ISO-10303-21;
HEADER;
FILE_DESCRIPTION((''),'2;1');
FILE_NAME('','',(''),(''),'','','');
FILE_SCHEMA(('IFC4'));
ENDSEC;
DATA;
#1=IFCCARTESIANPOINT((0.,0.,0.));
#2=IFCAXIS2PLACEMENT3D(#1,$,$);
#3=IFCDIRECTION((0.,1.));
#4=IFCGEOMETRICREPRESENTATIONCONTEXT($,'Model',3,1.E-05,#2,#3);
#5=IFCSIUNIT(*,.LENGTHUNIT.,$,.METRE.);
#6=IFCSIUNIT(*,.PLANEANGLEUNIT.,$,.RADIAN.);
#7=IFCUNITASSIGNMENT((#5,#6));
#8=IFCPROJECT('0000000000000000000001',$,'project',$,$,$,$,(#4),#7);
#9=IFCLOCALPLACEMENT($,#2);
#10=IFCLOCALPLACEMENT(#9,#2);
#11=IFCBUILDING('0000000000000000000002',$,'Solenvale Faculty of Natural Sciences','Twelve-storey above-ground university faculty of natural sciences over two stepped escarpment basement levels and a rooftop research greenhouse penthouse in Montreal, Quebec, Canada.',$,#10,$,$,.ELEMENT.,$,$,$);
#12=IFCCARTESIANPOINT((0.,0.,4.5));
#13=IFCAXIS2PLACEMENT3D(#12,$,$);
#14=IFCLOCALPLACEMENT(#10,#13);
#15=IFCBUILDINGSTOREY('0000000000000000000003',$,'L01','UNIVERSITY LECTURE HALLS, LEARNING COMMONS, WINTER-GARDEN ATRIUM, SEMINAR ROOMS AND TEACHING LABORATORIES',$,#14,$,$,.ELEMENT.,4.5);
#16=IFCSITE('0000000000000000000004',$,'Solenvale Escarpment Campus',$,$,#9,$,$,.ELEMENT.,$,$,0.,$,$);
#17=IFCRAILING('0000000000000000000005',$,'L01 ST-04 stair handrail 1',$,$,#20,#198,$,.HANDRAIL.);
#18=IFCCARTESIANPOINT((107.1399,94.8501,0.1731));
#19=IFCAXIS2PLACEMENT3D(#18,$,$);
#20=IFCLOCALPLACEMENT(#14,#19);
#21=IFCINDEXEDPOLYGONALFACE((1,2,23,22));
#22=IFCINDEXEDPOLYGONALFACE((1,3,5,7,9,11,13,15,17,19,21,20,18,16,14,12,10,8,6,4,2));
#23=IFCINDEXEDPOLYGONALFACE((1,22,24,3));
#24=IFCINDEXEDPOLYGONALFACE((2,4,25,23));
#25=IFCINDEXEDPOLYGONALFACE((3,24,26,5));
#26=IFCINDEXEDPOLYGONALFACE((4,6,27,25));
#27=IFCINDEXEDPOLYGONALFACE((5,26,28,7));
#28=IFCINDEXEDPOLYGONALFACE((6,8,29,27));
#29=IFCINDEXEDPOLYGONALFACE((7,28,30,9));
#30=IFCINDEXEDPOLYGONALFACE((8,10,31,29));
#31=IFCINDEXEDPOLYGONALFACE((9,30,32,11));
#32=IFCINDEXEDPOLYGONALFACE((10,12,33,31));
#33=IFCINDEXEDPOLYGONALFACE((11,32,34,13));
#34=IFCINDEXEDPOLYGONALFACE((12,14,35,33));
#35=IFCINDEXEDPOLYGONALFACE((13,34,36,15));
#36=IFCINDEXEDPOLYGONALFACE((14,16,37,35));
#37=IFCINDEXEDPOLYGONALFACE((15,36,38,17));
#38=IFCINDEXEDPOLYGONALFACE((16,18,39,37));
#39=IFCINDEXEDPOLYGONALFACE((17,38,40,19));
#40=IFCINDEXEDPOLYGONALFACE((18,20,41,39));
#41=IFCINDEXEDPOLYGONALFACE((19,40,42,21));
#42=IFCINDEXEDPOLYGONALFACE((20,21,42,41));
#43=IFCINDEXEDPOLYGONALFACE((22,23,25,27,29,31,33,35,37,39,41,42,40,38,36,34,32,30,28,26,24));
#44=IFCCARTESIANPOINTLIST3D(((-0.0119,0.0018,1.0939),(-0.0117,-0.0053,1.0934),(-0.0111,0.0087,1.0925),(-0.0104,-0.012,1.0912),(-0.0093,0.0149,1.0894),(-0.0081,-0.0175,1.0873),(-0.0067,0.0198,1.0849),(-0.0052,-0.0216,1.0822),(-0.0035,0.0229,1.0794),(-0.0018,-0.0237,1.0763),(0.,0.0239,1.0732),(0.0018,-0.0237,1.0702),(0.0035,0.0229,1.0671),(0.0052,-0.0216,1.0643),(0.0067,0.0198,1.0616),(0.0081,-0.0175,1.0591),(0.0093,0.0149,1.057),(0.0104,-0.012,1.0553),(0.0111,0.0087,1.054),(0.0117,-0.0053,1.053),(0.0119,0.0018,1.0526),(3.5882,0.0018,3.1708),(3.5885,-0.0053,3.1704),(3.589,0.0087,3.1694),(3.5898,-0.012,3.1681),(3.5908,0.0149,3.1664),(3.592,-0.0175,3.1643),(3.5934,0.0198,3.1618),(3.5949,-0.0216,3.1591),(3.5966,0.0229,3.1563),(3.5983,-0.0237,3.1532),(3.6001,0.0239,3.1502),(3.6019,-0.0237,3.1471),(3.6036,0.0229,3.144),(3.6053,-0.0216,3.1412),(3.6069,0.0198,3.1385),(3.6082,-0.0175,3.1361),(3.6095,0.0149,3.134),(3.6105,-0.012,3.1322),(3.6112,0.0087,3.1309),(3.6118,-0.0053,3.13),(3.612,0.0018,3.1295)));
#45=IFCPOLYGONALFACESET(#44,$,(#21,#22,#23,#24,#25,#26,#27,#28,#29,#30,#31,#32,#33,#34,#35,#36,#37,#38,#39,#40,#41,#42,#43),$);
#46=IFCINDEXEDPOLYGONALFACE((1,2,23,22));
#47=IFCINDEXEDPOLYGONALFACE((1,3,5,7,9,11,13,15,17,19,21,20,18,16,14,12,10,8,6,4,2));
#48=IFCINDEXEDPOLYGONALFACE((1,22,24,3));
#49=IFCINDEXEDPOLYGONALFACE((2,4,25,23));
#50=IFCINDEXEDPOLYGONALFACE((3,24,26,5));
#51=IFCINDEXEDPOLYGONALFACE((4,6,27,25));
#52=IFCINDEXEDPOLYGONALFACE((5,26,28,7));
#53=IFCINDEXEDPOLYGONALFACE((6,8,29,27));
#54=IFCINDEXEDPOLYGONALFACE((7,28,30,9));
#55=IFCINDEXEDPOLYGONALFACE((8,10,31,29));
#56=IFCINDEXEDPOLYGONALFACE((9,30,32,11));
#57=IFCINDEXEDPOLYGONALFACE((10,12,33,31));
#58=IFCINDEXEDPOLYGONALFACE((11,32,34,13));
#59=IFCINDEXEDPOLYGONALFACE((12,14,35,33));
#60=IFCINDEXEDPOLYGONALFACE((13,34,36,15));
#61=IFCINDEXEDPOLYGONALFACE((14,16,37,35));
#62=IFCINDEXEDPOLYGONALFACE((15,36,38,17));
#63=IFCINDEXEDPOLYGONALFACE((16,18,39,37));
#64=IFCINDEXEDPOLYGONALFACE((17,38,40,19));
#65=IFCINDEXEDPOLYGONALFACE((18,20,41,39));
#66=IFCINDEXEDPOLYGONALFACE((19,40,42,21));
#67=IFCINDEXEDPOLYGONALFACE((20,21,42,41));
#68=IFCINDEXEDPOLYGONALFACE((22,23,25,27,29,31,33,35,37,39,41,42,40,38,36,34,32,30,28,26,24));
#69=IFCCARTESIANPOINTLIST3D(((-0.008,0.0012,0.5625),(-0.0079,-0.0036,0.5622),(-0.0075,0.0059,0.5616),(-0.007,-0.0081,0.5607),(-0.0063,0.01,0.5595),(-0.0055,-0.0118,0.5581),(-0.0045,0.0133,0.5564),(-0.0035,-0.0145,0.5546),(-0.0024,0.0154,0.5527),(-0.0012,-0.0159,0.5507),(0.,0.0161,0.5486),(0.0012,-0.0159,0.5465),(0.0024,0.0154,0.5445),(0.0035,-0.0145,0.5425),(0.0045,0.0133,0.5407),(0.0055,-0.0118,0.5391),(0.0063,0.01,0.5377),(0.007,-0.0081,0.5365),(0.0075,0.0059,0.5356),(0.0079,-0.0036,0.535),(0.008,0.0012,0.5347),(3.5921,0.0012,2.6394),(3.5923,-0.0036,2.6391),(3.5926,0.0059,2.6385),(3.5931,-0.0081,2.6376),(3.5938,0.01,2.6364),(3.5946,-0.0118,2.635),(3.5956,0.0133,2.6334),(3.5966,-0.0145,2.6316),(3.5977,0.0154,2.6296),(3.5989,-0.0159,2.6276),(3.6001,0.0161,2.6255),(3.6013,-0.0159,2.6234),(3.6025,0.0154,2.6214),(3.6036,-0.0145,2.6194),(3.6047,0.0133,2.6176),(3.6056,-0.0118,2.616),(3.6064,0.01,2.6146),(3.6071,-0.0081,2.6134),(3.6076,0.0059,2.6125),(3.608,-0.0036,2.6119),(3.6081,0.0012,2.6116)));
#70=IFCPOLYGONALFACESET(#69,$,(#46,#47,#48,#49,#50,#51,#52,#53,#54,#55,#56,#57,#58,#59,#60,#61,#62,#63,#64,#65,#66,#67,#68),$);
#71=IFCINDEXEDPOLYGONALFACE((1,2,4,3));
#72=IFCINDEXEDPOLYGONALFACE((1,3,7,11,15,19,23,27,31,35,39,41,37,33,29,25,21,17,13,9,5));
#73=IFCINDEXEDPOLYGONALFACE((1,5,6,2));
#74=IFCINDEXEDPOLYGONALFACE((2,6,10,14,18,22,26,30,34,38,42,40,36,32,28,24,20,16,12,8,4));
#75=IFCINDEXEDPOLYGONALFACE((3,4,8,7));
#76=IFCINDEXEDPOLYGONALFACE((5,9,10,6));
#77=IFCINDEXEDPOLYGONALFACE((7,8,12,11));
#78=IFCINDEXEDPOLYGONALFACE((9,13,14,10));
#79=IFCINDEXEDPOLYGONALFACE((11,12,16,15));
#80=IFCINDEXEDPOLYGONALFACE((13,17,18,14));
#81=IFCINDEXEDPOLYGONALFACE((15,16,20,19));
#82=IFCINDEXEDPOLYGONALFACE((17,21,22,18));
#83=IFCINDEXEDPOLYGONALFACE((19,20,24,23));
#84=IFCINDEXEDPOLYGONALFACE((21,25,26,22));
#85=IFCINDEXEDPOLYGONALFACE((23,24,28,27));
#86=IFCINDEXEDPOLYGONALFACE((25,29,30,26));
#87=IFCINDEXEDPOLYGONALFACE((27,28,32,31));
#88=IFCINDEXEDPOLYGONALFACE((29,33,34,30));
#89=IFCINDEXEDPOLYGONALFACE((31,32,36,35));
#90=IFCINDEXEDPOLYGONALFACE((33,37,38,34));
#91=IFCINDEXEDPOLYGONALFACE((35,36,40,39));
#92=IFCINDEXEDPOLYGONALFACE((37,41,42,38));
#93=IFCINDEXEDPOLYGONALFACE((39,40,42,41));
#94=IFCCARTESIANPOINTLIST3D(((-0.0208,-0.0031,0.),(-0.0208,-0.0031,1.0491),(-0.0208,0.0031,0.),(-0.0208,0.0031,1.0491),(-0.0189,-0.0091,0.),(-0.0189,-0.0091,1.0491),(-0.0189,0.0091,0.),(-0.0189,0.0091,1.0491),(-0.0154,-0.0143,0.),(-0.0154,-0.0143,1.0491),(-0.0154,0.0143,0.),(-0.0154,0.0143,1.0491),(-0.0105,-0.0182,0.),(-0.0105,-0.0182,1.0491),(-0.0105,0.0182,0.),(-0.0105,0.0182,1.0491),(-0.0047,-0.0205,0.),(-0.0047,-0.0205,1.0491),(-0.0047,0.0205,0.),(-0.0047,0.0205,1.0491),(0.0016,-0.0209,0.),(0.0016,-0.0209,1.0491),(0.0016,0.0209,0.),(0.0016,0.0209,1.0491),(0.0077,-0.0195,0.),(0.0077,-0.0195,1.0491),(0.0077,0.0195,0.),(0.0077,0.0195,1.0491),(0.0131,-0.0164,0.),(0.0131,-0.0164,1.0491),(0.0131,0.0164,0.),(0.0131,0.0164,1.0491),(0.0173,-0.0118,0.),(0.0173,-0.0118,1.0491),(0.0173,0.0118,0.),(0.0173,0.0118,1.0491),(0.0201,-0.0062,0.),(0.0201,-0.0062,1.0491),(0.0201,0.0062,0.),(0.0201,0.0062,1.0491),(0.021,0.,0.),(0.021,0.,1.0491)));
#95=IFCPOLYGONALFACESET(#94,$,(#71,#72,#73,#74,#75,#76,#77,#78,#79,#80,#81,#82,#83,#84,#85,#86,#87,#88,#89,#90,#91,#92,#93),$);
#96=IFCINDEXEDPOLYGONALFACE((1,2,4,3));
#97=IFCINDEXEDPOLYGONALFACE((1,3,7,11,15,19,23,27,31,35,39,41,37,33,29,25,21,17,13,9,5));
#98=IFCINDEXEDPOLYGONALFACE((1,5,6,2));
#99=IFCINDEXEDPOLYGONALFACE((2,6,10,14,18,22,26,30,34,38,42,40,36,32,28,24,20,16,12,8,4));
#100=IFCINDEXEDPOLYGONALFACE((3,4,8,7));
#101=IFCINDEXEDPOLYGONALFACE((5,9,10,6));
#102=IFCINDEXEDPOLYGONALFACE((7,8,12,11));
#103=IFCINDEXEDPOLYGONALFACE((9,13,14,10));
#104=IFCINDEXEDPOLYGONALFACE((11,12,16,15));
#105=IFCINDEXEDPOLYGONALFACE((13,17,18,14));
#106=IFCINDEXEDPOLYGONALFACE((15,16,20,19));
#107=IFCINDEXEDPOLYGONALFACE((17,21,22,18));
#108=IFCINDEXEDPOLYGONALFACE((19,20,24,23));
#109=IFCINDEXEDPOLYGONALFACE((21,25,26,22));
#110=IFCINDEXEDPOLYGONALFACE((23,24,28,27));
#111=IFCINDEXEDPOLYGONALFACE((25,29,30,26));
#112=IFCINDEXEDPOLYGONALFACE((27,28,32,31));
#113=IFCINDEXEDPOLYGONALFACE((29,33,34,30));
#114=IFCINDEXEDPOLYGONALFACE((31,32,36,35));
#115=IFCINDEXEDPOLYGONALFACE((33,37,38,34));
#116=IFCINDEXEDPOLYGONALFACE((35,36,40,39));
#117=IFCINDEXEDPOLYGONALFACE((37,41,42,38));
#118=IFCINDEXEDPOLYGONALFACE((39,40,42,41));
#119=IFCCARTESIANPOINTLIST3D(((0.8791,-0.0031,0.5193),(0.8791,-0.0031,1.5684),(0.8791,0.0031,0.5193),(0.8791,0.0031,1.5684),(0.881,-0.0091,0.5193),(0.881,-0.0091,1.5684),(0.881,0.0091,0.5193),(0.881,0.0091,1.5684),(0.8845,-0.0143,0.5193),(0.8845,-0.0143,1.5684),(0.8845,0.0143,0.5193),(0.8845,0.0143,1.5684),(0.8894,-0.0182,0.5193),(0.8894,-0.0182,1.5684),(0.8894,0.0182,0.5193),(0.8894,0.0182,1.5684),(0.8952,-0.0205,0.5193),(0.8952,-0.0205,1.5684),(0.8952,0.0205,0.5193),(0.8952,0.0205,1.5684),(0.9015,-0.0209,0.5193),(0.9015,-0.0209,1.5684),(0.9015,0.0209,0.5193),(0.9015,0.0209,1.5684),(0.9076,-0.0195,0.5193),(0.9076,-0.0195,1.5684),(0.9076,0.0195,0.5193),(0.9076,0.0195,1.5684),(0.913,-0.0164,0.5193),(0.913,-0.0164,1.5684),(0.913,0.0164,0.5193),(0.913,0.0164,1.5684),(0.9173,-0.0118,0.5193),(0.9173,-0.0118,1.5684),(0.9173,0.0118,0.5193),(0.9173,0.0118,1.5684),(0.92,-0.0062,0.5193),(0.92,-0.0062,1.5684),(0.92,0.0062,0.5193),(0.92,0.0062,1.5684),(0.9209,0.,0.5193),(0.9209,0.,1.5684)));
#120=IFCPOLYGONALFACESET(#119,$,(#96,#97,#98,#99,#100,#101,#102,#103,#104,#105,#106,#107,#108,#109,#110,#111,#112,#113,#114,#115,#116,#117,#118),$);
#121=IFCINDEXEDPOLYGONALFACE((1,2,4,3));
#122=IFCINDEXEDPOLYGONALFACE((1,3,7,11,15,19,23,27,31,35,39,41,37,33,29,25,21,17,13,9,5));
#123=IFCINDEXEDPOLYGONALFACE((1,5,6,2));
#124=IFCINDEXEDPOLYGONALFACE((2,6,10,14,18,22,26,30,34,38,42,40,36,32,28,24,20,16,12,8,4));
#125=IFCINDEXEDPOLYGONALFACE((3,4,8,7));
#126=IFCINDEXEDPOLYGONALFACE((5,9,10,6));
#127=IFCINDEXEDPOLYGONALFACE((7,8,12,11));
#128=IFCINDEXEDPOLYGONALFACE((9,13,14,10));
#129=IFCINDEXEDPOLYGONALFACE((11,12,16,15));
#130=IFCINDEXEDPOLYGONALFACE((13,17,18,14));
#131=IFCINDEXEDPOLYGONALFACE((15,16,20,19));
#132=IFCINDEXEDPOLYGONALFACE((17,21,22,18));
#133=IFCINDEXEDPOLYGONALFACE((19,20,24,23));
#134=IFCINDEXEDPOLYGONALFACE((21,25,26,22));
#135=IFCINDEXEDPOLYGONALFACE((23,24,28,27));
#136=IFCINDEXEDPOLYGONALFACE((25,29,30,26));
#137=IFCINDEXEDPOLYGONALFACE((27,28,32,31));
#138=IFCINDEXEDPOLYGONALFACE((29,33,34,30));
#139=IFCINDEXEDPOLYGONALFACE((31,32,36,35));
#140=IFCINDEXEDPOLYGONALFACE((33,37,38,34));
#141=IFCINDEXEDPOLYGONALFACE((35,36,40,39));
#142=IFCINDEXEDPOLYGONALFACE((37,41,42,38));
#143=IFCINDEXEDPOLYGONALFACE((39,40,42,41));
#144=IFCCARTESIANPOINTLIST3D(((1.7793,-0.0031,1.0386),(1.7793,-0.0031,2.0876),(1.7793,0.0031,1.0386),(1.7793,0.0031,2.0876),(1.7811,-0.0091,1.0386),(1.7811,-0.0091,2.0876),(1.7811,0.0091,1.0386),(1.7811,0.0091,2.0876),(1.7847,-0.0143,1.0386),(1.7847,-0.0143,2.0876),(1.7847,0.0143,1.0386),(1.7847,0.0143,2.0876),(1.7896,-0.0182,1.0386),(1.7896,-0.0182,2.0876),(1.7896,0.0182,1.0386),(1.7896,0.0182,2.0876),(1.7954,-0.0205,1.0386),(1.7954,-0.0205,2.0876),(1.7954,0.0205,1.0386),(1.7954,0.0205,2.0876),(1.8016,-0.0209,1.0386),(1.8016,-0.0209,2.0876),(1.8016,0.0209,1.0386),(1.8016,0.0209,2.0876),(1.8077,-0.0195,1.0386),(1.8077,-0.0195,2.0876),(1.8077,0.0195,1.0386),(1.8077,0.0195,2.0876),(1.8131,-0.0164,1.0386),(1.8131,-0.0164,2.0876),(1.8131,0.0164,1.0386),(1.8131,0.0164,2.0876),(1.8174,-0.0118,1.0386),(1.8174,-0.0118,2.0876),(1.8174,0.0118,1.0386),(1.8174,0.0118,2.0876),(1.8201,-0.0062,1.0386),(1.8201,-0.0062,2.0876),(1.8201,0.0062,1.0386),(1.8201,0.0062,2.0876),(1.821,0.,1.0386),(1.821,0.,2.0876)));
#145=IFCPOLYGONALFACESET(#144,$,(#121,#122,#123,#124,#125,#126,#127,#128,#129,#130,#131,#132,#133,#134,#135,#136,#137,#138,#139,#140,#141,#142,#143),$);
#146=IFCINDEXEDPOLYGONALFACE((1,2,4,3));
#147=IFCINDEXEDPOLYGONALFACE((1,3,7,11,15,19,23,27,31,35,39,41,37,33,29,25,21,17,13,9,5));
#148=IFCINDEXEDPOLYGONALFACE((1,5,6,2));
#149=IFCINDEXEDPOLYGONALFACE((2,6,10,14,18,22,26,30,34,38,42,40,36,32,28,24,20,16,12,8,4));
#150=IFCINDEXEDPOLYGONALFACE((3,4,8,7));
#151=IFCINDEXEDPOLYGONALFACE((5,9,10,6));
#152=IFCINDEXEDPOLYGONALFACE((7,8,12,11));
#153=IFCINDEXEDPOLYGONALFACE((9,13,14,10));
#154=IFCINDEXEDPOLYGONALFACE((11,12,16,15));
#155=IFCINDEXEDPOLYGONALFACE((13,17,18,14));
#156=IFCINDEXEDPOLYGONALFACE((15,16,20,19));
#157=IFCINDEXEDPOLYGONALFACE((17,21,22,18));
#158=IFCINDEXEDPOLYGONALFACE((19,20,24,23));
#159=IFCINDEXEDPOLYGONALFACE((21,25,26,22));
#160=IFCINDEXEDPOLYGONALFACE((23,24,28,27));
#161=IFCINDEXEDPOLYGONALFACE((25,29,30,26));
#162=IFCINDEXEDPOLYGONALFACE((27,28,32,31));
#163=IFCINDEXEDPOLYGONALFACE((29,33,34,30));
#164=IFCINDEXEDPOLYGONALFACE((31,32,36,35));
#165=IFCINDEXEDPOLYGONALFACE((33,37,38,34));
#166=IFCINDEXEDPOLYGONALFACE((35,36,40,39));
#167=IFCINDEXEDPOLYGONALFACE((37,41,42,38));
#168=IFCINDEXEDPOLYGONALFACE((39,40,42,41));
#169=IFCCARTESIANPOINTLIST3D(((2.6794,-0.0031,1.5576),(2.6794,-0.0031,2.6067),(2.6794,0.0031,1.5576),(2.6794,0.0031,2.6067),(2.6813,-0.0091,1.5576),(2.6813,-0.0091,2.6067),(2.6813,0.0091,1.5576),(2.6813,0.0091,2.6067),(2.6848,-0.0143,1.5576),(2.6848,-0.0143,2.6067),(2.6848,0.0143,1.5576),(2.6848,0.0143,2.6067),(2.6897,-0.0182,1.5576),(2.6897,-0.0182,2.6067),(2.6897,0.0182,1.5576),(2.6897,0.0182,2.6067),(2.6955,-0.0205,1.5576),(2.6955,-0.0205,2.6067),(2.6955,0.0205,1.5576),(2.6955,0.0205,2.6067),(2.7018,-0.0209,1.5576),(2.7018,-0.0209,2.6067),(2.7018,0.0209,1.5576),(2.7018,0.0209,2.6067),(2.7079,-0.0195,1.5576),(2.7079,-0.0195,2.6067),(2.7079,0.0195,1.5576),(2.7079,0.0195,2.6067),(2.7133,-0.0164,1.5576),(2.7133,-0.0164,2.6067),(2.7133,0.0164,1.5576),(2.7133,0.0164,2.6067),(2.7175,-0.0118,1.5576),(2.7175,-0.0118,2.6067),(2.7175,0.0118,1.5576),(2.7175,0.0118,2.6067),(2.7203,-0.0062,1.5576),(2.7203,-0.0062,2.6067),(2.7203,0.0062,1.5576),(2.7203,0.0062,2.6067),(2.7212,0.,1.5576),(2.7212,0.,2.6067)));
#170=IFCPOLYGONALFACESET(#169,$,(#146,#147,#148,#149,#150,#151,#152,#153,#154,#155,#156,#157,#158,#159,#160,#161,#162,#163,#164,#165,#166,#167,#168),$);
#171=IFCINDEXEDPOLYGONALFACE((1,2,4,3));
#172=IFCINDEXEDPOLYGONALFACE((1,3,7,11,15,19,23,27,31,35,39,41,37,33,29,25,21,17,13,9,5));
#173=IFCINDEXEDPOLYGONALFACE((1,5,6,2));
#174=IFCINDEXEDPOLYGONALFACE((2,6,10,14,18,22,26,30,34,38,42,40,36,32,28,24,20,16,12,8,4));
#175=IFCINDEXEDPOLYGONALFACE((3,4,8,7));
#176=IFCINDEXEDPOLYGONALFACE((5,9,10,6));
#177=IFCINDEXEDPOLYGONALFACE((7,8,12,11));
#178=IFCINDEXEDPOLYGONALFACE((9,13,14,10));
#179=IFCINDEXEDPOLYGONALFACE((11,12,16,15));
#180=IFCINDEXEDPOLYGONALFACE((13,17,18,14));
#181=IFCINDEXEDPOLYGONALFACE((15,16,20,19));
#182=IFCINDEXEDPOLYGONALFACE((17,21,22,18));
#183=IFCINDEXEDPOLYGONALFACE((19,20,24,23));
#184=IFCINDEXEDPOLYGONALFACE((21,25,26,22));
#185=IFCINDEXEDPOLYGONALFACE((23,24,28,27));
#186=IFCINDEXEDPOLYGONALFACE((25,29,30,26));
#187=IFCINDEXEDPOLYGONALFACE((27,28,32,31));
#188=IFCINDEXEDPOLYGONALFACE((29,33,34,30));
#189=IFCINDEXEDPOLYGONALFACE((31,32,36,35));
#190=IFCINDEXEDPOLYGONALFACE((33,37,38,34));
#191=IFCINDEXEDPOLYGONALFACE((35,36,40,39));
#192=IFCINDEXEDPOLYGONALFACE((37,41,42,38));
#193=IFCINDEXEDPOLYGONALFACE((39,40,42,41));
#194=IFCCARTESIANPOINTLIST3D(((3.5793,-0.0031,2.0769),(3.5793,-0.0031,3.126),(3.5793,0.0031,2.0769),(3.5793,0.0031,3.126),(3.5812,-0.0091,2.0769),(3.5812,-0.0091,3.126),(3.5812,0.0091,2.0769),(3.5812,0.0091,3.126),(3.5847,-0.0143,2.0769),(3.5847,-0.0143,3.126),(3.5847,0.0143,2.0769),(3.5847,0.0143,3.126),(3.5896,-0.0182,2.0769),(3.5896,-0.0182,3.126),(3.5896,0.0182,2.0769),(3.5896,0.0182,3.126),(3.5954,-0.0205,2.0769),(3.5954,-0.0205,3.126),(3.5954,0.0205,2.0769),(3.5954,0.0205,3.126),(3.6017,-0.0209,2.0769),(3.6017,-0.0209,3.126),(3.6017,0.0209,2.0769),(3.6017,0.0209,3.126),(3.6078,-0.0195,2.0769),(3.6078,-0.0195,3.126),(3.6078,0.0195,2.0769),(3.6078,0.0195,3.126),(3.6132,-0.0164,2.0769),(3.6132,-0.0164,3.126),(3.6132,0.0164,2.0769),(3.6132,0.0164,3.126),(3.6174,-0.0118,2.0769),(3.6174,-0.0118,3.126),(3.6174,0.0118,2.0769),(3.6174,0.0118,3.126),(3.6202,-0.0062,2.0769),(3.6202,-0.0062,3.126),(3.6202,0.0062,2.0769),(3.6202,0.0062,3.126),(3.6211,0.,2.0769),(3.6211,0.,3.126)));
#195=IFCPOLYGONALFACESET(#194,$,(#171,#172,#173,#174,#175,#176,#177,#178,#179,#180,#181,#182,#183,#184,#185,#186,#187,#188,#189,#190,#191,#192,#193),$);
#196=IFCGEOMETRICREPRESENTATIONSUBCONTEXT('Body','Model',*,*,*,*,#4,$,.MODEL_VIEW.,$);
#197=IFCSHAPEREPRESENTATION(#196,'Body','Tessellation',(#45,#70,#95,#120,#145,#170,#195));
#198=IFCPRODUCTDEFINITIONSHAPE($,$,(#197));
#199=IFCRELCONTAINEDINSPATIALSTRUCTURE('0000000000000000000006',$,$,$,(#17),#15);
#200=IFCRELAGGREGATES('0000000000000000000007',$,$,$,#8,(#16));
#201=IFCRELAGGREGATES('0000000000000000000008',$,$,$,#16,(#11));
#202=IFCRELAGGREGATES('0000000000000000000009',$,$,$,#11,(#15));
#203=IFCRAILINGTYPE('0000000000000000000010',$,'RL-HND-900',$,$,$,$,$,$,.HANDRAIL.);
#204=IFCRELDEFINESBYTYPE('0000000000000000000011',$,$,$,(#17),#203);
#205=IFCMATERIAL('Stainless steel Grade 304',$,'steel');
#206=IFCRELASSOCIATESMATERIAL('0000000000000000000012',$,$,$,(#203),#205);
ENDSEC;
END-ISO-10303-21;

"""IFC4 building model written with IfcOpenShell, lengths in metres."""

from ifc_helpers import new_model, si_unit, direction, frame, origin, origin_2d, place, context, subcontext, project, spatial, circle, extrude, material, type_object, element, save


model = new_model("IFC4")

# Units and contexts
model_context = context("Model", 3, precision=1e-05, world=origin(), true_north=direction((0.0, 1.0)))
body_context = subcontext(model_context, "Body", "Model", "MODEL_VIEW")
ifc_project = project(units=[si_unit("LENGTHUNIT", "METRE"), si_unit("PLANEANGLEUNIT", "RADIAN")], contexts=[model_context])

# Site, building, storey
site_placement = place(None, origin())
site = spatial("IfcSite", under=ifc_project, at=site_placement, Name="Solenvale Escarpment Campus", CompositionType="ELEMENT", RefElevation=0.0)
building_placement = place(site_placement, origin())
building = spatial("IfcBuilding", under=site, at=building_placement, Name="Solenvale Faculty of Natural Sciences", Description="Twelve-storey above-ground university faculty of natural sciences over two stepped escarpment basement levels and a rooftop research greenhouse penthouse in Montreal, Quebec, Canada.", CompositionType="ELEMENT")
storey_placement = place(building_placement, frame((0.0, 0.0, 4.5)))
storey = spatial("IfcBuildingStorey", under=building, at=storey_placement, Name="L01", Description="UNIVERSITY LECTURE HALLS, LEARNING COMMONS, WINTER-GARDEN ATRIUM, SEMINAR ROOMS AND TEACHING LABORATORIES", CompositionType="ELEMENT", Elevation=4.5)

# Shared definitions
ifc_material_1 = material(Name="Stainless steel Grade 304", Category="steel")

# Railing
railing_type_1 = type_object("IfcRailingType", Name="RL-HND-900", PredefinedType="HANDRAIL", material=ifc_material_1)
railing_1_placement = place(storey_placement, frame((107.1399, 94.8501, 0.1731)))
element("IfcRailing", 1, at=railing_1_placement, inside=storey, type_object=railing_type_1, Name="L01 ST-04 stair handrail 1", PredefinedType="HANDRAIL", context=body_context, shape_type="SweptSolid", body=[
    extrude(circle(Radius=0.0239, at=origin_2d()), frame((0.0, 0.0, 1.0732), z_axis=(0.866193, 0.0, 0.499709), x_axis=(0.0, 1.0, 0.0)), (0.0, 0.0, 1.0), 4.1562),
    extrude(circle(Radius=0.0161, at=origin_2d()), frame((0.0, 0.0, 0.5486), z_axis=(0.866193, 0.0, 0.499709), x_axis=(0.0, 1.0, 0.0)), (0.0, 0.0, 1.0), 4.1562),
    extrude(circle(Radius=0.021, at=origin_2d()), origin(), (0.0, 0.0, 1.0), 1.0491),
    extrude(circle(Radius=0.021, at=origin_2d()), frame((0.8999, 0.0, 0.5193)), (0.0, 0.0, 1.0), 1.0491),
    extrude(circle(Radius=0.021, at=origin_2d()), frame((1.8, 0.0, 1.0386)), (0.0, 0.0, 1.0), 1.0491),
    extrude(circle(Radius=0.021, at=origin_2d()), frame((2.7002, 0.0, 1.5576)), (0.0, 0.0, 1.0), 1.0491),
    extrude(circle(Radius=0.021, at=origin_2d()), frame((3.6001, 0.0, 2.0769)), (0.0, 0.0, 1.0), 1.0491),
])

save(model, "model.ifc")
